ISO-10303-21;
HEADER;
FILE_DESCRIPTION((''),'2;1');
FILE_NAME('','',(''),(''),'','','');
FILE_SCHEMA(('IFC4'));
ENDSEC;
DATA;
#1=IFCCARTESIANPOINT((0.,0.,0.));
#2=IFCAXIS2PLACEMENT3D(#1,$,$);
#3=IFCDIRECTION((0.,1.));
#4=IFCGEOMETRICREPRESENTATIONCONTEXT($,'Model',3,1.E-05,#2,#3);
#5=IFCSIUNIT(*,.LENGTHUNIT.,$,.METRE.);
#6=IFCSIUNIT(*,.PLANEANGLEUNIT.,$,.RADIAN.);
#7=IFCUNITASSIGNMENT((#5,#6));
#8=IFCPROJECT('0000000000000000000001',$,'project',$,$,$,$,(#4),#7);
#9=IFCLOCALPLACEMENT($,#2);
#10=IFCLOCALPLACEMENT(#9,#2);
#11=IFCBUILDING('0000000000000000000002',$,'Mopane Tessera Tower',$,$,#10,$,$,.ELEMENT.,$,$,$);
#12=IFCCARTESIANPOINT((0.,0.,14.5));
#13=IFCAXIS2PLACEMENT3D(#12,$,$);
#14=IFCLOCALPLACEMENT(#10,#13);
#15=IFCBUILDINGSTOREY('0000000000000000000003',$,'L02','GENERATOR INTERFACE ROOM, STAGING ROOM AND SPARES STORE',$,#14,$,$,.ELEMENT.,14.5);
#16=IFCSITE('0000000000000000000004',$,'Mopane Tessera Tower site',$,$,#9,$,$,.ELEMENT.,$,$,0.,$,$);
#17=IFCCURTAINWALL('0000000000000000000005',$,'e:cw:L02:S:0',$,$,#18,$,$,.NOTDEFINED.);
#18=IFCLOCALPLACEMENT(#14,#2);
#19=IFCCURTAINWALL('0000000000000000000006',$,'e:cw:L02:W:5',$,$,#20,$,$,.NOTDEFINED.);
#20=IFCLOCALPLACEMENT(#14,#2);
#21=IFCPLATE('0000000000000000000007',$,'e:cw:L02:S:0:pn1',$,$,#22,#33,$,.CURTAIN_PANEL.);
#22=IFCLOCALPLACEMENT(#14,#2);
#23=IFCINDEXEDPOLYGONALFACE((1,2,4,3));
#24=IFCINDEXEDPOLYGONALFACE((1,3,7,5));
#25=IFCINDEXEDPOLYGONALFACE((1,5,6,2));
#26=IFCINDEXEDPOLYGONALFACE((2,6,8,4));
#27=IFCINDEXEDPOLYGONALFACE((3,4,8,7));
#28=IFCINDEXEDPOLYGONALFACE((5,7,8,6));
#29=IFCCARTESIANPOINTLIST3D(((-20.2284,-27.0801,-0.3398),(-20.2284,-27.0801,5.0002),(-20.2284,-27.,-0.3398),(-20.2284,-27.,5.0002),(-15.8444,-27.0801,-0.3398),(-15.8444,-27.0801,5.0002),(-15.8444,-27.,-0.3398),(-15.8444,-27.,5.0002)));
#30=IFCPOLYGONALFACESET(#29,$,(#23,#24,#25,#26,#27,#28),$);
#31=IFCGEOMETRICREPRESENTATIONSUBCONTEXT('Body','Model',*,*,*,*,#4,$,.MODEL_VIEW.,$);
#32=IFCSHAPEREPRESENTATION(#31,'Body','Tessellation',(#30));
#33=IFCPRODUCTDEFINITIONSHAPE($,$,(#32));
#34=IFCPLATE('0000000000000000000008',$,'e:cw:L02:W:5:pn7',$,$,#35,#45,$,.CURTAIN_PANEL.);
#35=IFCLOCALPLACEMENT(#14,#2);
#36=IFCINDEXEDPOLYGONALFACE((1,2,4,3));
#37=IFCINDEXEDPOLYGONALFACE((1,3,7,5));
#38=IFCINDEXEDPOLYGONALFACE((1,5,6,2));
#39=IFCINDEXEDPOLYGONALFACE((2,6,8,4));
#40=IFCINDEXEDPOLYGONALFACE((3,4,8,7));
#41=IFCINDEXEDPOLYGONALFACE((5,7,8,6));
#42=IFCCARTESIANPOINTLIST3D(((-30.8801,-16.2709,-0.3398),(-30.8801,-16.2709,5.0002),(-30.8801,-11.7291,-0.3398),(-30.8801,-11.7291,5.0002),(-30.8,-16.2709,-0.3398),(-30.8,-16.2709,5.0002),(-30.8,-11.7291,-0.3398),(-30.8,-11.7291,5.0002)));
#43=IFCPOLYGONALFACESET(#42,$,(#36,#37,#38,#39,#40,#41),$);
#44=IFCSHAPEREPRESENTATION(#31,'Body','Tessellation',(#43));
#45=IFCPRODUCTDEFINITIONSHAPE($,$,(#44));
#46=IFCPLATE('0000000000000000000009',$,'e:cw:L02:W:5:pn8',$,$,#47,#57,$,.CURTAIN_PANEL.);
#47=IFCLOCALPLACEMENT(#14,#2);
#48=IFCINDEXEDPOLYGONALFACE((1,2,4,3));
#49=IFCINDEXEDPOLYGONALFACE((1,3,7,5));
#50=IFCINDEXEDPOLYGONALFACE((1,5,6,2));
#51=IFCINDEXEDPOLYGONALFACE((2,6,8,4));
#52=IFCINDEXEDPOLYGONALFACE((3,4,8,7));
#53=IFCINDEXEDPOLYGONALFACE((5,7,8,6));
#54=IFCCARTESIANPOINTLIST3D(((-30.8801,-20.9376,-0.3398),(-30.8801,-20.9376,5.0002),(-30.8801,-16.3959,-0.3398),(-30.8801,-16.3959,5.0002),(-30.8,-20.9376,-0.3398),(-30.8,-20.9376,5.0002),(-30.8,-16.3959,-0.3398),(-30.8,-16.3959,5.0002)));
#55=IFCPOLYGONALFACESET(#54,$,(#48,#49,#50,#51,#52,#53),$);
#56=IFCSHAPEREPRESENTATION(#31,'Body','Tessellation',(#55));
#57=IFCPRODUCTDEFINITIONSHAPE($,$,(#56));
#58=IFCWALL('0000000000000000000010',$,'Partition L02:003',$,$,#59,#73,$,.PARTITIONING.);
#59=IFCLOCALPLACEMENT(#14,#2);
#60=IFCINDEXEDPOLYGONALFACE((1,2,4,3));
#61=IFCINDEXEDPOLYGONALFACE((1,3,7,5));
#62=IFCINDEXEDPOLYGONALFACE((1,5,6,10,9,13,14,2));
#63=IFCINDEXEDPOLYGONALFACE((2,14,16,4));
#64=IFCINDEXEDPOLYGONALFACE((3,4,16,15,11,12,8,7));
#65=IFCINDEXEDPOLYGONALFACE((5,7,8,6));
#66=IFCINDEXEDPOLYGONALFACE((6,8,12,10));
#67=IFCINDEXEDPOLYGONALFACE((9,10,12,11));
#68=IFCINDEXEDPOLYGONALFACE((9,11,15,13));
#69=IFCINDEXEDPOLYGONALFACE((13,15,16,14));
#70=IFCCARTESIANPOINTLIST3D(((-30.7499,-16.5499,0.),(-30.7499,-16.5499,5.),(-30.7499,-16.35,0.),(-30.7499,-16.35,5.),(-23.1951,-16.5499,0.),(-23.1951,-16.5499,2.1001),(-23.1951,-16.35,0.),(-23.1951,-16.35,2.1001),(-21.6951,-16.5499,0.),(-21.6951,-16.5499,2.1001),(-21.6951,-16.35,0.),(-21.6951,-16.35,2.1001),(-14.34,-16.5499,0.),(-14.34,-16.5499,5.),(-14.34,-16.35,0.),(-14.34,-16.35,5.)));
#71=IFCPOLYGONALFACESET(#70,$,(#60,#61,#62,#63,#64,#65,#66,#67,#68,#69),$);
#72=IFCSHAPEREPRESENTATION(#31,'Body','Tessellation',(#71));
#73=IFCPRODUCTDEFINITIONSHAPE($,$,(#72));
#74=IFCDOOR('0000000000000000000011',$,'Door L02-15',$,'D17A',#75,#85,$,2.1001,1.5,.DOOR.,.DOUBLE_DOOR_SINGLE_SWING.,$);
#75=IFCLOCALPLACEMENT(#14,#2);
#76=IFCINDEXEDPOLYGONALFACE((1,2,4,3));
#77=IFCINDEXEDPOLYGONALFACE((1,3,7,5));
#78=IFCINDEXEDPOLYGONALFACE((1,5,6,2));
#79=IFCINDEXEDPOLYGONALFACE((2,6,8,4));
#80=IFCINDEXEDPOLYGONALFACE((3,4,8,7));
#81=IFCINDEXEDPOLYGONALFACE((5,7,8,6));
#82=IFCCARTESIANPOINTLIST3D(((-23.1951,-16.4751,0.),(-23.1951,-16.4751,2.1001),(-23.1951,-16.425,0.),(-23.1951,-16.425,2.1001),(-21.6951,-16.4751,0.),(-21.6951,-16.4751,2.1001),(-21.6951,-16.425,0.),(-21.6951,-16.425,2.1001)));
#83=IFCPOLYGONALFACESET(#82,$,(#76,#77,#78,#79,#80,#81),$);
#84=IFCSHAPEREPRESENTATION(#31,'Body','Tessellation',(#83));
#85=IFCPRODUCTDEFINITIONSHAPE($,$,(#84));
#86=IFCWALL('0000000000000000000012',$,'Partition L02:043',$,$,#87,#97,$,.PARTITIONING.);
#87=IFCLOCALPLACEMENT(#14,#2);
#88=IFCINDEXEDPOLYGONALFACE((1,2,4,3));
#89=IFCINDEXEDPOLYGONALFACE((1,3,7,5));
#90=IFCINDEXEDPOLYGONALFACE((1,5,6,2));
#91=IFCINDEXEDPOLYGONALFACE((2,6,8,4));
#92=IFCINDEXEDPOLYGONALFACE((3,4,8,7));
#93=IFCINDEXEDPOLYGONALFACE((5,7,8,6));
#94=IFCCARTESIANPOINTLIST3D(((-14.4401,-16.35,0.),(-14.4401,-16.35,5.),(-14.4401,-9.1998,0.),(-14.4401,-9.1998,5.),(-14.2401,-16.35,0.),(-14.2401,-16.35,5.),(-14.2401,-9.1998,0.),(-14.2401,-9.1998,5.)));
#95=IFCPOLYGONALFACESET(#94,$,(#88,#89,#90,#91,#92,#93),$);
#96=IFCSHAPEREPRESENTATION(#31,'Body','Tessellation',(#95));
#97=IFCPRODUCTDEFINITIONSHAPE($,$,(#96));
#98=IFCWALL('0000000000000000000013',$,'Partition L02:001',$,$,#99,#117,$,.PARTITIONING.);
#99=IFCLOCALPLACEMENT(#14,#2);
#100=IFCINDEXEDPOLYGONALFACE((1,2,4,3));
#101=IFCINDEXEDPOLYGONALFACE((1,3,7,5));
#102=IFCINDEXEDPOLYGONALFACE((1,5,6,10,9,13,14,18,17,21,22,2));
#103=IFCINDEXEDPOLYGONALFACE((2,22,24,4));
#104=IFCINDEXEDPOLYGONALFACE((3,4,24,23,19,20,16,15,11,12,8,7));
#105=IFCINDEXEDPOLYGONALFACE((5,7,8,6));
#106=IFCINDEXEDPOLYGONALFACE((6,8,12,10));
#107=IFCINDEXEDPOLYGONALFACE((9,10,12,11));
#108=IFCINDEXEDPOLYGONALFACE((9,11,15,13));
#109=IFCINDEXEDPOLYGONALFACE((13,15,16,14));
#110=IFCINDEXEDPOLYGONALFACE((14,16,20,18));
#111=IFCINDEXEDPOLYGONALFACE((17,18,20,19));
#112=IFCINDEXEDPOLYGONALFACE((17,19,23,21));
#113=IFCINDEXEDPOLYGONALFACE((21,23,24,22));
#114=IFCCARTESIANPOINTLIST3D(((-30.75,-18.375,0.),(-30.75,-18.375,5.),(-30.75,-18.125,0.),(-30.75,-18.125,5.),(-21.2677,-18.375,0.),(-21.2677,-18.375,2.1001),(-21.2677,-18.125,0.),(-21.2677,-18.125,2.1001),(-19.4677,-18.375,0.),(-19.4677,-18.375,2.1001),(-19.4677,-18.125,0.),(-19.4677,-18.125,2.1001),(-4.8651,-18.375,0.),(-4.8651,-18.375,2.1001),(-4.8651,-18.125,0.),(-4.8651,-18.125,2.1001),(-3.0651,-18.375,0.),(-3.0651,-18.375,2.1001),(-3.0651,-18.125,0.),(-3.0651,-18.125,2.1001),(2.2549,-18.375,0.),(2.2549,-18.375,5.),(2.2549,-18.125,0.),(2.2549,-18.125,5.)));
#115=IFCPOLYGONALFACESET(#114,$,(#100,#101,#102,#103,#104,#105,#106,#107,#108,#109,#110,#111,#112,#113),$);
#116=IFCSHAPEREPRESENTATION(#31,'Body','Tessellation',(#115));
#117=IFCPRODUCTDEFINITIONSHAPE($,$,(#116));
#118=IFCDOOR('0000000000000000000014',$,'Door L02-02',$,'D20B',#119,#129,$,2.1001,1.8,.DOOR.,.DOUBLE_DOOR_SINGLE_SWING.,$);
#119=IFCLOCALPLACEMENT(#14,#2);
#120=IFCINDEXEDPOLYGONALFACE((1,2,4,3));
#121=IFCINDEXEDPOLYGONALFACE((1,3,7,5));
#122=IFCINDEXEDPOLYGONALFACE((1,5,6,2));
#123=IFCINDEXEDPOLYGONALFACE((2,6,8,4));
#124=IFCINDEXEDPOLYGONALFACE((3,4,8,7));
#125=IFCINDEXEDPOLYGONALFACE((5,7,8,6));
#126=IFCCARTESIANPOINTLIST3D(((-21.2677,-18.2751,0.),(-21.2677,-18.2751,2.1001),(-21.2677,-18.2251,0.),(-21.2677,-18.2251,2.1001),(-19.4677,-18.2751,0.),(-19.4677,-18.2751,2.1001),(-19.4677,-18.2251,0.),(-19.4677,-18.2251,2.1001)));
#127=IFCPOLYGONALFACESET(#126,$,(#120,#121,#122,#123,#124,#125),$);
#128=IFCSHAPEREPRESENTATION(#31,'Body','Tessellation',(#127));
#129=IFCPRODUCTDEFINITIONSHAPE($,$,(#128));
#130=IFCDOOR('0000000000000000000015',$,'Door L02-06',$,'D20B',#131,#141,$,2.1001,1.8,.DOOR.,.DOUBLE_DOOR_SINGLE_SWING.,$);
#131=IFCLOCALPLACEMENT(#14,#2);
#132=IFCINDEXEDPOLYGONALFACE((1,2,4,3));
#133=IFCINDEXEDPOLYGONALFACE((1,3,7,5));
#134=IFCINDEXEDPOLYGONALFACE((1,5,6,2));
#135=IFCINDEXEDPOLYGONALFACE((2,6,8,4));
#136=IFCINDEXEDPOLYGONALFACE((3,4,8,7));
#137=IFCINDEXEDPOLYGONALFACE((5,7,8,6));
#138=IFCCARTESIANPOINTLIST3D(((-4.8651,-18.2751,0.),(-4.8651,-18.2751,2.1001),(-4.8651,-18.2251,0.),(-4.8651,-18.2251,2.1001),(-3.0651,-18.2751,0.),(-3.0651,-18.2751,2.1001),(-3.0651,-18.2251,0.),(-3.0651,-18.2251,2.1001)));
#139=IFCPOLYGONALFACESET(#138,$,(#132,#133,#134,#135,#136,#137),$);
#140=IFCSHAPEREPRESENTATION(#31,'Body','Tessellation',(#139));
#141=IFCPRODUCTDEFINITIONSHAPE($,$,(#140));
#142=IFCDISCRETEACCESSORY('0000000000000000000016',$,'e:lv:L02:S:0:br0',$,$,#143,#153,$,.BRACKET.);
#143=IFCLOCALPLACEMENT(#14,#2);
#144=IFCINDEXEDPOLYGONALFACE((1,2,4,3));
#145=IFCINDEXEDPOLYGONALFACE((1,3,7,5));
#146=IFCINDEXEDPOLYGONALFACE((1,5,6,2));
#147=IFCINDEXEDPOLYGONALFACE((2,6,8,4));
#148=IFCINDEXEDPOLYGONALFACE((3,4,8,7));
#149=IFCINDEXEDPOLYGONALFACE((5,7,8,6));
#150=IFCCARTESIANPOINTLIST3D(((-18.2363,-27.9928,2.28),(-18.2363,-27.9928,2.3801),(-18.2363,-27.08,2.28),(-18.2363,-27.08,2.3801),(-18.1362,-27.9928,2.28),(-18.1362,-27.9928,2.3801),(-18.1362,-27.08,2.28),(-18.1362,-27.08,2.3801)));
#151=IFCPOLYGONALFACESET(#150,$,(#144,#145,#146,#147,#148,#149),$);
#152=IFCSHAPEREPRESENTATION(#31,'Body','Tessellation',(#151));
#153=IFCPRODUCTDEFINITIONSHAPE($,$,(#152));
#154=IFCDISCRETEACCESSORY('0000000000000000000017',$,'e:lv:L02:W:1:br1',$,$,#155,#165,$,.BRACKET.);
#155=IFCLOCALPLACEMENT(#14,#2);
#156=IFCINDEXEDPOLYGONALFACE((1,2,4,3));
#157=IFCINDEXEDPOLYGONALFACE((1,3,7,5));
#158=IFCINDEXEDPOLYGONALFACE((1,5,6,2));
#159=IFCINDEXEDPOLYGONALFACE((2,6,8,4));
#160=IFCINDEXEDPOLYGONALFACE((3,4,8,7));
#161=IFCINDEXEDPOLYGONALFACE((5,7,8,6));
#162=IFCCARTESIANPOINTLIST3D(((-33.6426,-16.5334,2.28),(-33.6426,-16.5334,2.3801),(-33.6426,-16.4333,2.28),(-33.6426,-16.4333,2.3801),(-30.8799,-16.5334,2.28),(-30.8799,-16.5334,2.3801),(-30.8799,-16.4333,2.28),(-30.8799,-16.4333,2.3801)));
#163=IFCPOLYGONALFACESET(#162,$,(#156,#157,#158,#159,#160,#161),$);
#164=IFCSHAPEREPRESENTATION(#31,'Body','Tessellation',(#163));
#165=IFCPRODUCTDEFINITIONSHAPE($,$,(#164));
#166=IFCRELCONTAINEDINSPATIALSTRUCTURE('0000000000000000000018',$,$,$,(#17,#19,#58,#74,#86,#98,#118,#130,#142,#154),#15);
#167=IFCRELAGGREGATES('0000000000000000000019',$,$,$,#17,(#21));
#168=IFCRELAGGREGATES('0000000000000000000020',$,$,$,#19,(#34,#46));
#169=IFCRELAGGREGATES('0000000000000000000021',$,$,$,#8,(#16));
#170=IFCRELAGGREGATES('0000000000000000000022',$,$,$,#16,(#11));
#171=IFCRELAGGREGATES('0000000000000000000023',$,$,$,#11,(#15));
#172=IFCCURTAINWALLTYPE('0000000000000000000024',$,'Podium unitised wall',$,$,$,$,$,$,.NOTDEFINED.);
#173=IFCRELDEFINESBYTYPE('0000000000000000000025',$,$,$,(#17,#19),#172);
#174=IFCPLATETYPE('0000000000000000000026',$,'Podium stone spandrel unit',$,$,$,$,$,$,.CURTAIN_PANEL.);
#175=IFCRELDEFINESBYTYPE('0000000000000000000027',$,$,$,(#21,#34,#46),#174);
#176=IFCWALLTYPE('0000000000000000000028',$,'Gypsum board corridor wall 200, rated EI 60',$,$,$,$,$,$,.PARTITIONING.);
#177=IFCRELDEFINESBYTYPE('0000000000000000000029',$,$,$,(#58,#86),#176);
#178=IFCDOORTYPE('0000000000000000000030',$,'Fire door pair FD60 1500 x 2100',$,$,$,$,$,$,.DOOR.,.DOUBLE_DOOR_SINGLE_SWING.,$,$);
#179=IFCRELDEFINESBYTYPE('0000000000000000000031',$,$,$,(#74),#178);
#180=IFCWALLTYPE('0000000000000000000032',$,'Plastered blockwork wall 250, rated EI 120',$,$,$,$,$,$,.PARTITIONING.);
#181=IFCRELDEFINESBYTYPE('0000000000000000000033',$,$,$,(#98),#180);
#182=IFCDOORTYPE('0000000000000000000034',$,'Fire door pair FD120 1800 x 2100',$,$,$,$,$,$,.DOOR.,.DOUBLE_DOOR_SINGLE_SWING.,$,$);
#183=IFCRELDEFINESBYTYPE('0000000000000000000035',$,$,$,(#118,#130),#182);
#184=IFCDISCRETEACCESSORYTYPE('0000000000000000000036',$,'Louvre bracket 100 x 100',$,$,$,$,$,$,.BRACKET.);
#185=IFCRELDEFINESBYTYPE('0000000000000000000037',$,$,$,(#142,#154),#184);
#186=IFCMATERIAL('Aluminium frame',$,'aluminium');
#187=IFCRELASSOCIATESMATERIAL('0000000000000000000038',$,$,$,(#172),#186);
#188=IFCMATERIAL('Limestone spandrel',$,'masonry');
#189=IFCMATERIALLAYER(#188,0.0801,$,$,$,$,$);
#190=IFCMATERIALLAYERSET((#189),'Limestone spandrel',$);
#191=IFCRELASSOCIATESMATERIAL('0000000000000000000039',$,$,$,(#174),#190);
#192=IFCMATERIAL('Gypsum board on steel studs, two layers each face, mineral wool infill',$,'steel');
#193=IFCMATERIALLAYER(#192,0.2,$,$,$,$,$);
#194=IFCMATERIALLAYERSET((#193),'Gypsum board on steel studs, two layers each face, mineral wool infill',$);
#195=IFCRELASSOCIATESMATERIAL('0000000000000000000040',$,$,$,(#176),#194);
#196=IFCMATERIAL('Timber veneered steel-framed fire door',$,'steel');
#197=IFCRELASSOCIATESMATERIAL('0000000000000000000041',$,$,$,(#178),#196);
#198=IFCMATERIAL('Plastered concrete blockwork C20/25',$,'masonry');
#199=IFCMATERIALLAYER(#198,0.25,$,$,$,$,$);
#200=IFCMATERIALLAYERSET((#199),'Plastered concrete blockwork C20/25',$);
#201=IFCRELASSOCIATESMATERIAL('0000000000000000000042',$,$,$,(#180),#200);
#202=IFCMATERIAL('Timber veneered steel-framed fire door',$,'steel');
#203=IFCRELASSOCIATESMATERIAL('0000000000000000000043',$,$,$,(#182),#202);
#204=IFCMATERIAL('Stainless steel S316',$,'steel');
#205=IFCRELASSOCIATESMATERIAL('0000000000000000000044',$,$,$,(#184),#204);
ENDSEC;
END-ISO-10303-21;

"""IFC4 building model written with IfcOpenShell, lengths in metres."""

from ifc_helpers import new_model, si_unit, direction, frame, frame_2d, origin, origin_2d, place, context, subcontext, project, spatial, rectangle, extrude, material, layer, layer_set, type_object, element, fill, aggregate, save


model = new_model("IFC4")

# Units and contexts
model_context = context("Model", 3, precision=1e-05, world=origin(), true_north=direction((0.0, 1.0)))
body_context = subcontext(model_context, "Body", "Model", "MODEL_VIEW")
ifc_project = project(units=[si_unit("LENGTHUNIT", "METRE"), si_unit("PLANEANGLEUNIT", "RADIAN")], contexts=[model_context])

# Site, building, storey
site_placement = place(None, origin())
site = spatial("IfcSite", under=ifc_project, at=site_placement, Name="Mopane Tessera Tower site", CompositionType="ELEMENT", RefElevation=0.0)
building_placement = place(site_placement, origin())
building = spatial("IfcBuilding", under=site, at=building_placement, Name="Mopane Tessera Tower", CompositionType="ELEMENT")
storey_placement = place(building_placement, frame((0.0, 0.0, 14.5)))
storey = spatial("IfcBuildingStorey", under=building, at=storey_placement, Name="L02", Description="GENERATOR INTERFACE ROOM, STAGING ROOM AND SPARES STORE", CompositionType="ELEMENT", Elevation=14.5)

# Curtain walls
ifc_material_1 = material(Name="Aluminium frame", Category="aluminium")
curtain_wall_type = type_object("IfcCurtainWallType", Name="Podium unitised wall", PredefinedType="NOTDEFINED", material=ifc_material_1)
curtain_wall_1_placement = place(storey_placement, origin())
curtain_wall_1 = element("IfcCurtainWall", 1, at=curtain_wall_1_placement, inside=storey, type_object=curtain_wall_type, Name="e:cw:L02:S:0", PredefinedType="NOTDEFINED")
curtain_wall_2_placement = place(storey_placement, origin())
curtain_wall_2 = element("IfcCurtainWall", 2, at=curtain_wall_2_placement, inside=storey, type_object=curtain_wall_type, Name="e:cw:L02:W:5", PredefinedType="NOTDEFINED")

# Plates
ifc_material_2 = material(Name="Limestone spandrel", Category="masonry")
ifc_layer_1 = layer(ifc_material_2, 0.0801)
ifc_layer_set_1 = layer_set([ifc_layer_1], Name="Limestone spandrel")
plate_type = type_object("IfcPlateType", Name="Podium stone spandrel unit", PredefinedType="CURTAIN_PANEL", material=ifc_layer_set_1)
plate_1_placement = place(storey_placement, frame((-18.0364, -27.04, -0.3398), z_axis=(0.0, 0.0, 1.0), x_axis=(1.0, 0.0, 0.0)))
plate_1 = element("IfcPlate", 3, at=plate_1_placement, type_object=plate_type, Name="e:cw:L02:S:0:pn1", PredefinedType="CURTAIN_PANEL", context=body_context, shape_type="SweptSolid", body=[
    extrude(rectangle(XDim=4.384, YDim=0.0801, at=origin_2d()), origin(), (0.0, 0.0, 1.0), 5.3401),
])
aggregate(curtain_wall_1, [plate_1])
plate_2_placement = place(storey_placement, frame((-30.8401, -14.0, -0.3398), z_axis=(0.0, 0.0, 1.0), x_axis=(0.0, -1.0, 0.0)))
plate_2 = element("IfcPlate", 4, at=plate_2_placement, type_object=plate_type, Name="e:cw:L02:W:5:pn7", PredefinedType="CURTAIN_PANEL", context=body_context, shape_type="SweptSolid", body=[
    extrude(rectangle(XDim=4.5417, YDim=0.0801, at=origin_2d()), origin(), (0.0, 0.0, 1.0), 5.3401),
])
plate_3_placement = place(storey_placement, frame((-30.8401, -18.6667, -0.3398), z_axis=(0.0, 0.0, 1.0), x_axis=(0.0, -1.0, 0.0)))
plate_3 = element("IfcPlate", 5, at=plate_3_placement, type_object=plate_type, Name="e:cw:L02:W:5:pn8", PredefinedType="CURTAIN_PANEL", context=body_context, shape_type="SweptSolid", body=[
    extrude(rectangle(XDim=4.5417, YDim=0.0801, at=origin_2d()), origin(), (0.0, 0.0, 1.0), 5.3401),
])
aggregate(curtain_wall_2, [plate_2, plate_3])

# Wall, opening, door
ifc_material_3 = material(Name="Gypsum board on steel studs, two layers each face, mineral wool infill", Category="steel")
ifc_layer_2 = layer(ifc_material_3, 0.2)
ifc_layer_set_2 = layer_set([ifc_layer_2], Name="Gypsum board on steel studs, two layers each face, mineral wool infill")
wall_type_1 = type_object("IfcWallType", Name="Gypsum board corridor wall 200, rated EI 60", PredefinedType="PARTITIONING", material=ifc_layer_set_2)
wall_1_placement = place(storey_placement, frame((-30.75, -16.45, 0.0), z_axis=(0.0, 0.0, 1.0), x_axis=(1.0, 0.0, 0.0)))
wall_1 = element("IfcWall", 6, at=wall_1_placement, inside=storey, type_object=wall_type_1, Name="Partition L02:003", PredefinedType="PARTITIONING", context=body_context, shape_type="SweptSolid", body=[
    extrude(rectangle(XDim=16.4099, YDim=0.2, at=frame_2d((8.2051, 0.0))), origin(), (0.0, 0.0, 1.0), 5.0),
])
opening_1_placement = place(wall_1_placement, frame((7.5549, 0.0, 0.0)))
opening_1 = element("IfcOpeningElement", 7, at=opening_1_placement, cuts=wall_1, PredefinedType="OPENING", context=body_context, shape_type="SweptSolid", body=[
    extrude(rectangle(XDim=1.5, YDim=2.1001, at=frame_2d((0.75, 1.05))), frame((0.0, 0.1121, 0.0), z_axis=(0.0, -1.0, 0.0), x_axis=(1.0, 0.0, 0.0)), (0.0, 0.0, 1.0), 0.2239),
])
ifc_material_4 = material(Name="Timber veneered steel-framed fire door", Category="steel")
door_type_1 = type_object("IfcDoorType", Name="Fire door pair FD60 1500 x 2100", OperationType="DOUBLE_DOOR_SINGLE_SWING", PredefinedType="DOOR", material=ifc_material_4)
door_1_placement = place(opening_1_placement, origin())
door_1 = element("IfcDoor", 8, at=door_1_placement, inside=storey, type_object=door_type_1, Name="Door L02-15", ObjectType="D17A", OperationType="DOUBLE_DOOR_SINGLE_SWING", OverallHeight=2.1001, OverallWidth=1.5, PredefinedType="DOOR", context=body_context, shape_type="SweptSolid", body=[
    extrude(rectangle(XDim=1.5, YDim=2.1001, at=frame_2d((0.75, 1.05))), frame((0.0, 0.0249, 0.0), z_axis=(0.0, -1.0, 0.0), x_axis=(1.0, 0.0, 0.0)), (0.0, 0.0, 1.0), 0.05),
])
fill(opening_1, door_1)

# Wall
wall_2_placement = place(storey_placement, frame((-14.3401, -16.3501, 0.0), z_axis=(0.0, 0.0, 1.0), x_axis=(0.0, 1.0, 0.0)))
element("IfcWall", 9, at=wall_2_placement, inside=storey, type_object=wall_type_1, Name="Partition L02:043", PredefinedType="PARTITIONING", context=body_context, shape_type="SweptSolid", body=[
    extrude(rectangle(XDim=7.1501, YDim=0.2, at=frame_2d((3.5752, 0.0))), origin(), (0.0, 0.0, 1.0), 5.0),
])

# Wall, openings, doors
ifc_material_5 = material(Name="Plastered concrete blockwork C20/25", Category="masonry")
ifc_layer_3 = layer(ifc_material_5, 0.25)
ifc_layer_set_3 = layer_set([ifc_layer_3], Name="Plastered concrete blockwork C20/25")
wall_type_2 = type_object("IfcWallType", Name="Plastered blockwork wall 250, rated EI 120", PredefinedType="PARTITIONING", material=ifc_layer_set_3)
wall_3_placement = place(storey_placement, frame((-30.75, -18.25, 0.0), z_axis=(0.0, 0.0, 1.0), x_axis=(1.0, 0.0, 0.0)))
wall_3 = element("IfcWall", 10, at=wall_3_placement, inside=storey, type_object=wall_type_2, Name="Partition L02:001", PredefinedType="PARTITIONING", context=body_context, shape_type="SweptSolid", body=[
    extrude(rectangle(XDim=33.0049, YDim=0.25, at=frame_2d((16.5024, 0.0))), origin(), (0.0, 0.0, 1.0), 5.0),
])
opening_2_placement = place(wall_3_placement, frame((9.4824, 0.0, 0.0)))
opening_2 = element("IfcOpeningElement", 11, at=opening_2_placement, cuts=wall_3, PredefinedType="OPENING", context=body_context, shape_type="SweptSolid", body=[
    extrude(rectangle(XDim=1.8, YDim=2.1001, at=frame_2d((0.8999, 1.05))), frame((0.0, 0.137, 0.0), z_axis=(0.0, -1.0, 0.0), x_axis=(1.0, 0.0, 0.0)), (0.0, 0.0, 1.0), 0.2739),
])
opening_3_placement = place(wall_3_placement, frame((25.885, 0.0, 0.0)))
opening_3 = element("IfcOpeningElement", 12, at=opening_3_placement, cuts=wall_3, PredefinedType="OPENING", context=body_context, shape_type="SweptSolid", body=[
    extrude(rectangle(XDim=1.8, YDim=2.1001, at=frame_2d((0.8999, 1.05))), frame((0.0, 0.137, 0.0), z_axis=(0.0, -1.0, 0.0), x_axis=(1.0, 0.0, 0.0)), (0.0, 0.0, 1.0), 0.2739),
])
ifc_material_6 = material(Name="Timber veneered steel-framed fire door", Category="steel")
door_type_2 = type_object("IfcDoorType", Name="Fire door pair FD120 1800 x 2100", OperationType="DOUBLE_DOOR_SINGLE_SWING", PredefinedType="DOOR", material=ifc_material_6)
door_2_placement = place(opening_2_placement, origin())
door_2 = element("IfcDoor", 13, at=door_2_placement, inside=storey, type_object=door_type_2, Name="Door L02-02", ObjectType="D20B", OperationType="DOUBLE_DOOR_SINGLE_SWING", OverallHeight=2.1001, OverallWidth=1.8, PredefinedType="DOOR", context=body_context, shape_type="SweptSolid", body=[
    extrude(rectangle(XDim=1.8, YDim=2.1001, at=frame_2d((0.8999, 1.05))), frame((0.0, 0.0249, 0.0), z_axis=(0.0, -1.0, 0.0), x_axis=(1.0, 0.0, 0.0)), (0.0, 0.0, 1.0), 0.05),
])
fill(opening_2, door_2)
door_3_placement = place(opening_3_placement, origin())
door_3 = element("IfcDoor", 14, at=door_3_placement, inside=storey, type_object=door_type_2, Name="Door L02-06", ObjectType="D20B", OperationType="DOUBLE_DOOR_SINGLE_SWING", OverallHeight=2.1001, OverallWidth=1.8, PredefinedType="DOOR", context=body_context, shape_type="SweptSolid", body=[
    extrude(rectangle(XDim=1.8, YDim=2.1001, at=frame_2d((0.8999, 1.05))), frame((0.0, 0.0249, 0.0), z_axis=(0.0, -1.0, 0.0), x_axis=(1.0, 0.0, 0.0)), (0.0, 0.0, 1.0), 0.05),
])
fill(opening_3, door_3)

# Discrete accessories
ifc_material_7 = material(Name="Stainless steel S316", Category="steel")
discrete_accessory_type = type_object("IfcDiscreteAccessoryType", Name="Louvre bracket 100 x 100", PredefinedType="BRACKET", material=ifc_material_7)
discrete_accessory_1_placement = place(storey_placement, frame((-18.1863, -27.5364, 2.28), z_axis=(0.0, 0.0, 1.0), x_axis=(0.0, -1.0, 0.0)))
element("IfcDiscreteAccessory", 15, at=discrete_accessory_1_placement, inside=storey, type_object=discrete_accessory_type, Name="e:lv:L02:S:0:br0", PredefinedType="BRACKET", context=body_context, shape_type="SweptSolid", body=[
    extrude(rectangle(XDim=0.9128, YDim=0.1001, at=origin_2d()), origin(), (0.0, 0.0, 1.0), 0.1001),
])
discrete_accessory_2_placement = place(storey_placement, frame((-32.2612, -16.4834, 2.28), z_axis=(0.0, 0.0, 1.0), x_axis=(-1.0, 0.0, 0.0)))
element("IfcDiscreteAccessory", 16, at=discrete_accessory_2_placement, inside=storey, type_object=discrete_accessory_type, Name="e:lv:L02:W:1:br1", PredefinedType="BRACKET", context=body_context, shape_type="SweptSolid", body=[
    extrude(rectangle(XDim=2.7627, YDim=0.1001, at=origin_2d()), origin(), (0.0, 0.0, 1.0), 0.1001),
])

save(model, "model.ifc")
